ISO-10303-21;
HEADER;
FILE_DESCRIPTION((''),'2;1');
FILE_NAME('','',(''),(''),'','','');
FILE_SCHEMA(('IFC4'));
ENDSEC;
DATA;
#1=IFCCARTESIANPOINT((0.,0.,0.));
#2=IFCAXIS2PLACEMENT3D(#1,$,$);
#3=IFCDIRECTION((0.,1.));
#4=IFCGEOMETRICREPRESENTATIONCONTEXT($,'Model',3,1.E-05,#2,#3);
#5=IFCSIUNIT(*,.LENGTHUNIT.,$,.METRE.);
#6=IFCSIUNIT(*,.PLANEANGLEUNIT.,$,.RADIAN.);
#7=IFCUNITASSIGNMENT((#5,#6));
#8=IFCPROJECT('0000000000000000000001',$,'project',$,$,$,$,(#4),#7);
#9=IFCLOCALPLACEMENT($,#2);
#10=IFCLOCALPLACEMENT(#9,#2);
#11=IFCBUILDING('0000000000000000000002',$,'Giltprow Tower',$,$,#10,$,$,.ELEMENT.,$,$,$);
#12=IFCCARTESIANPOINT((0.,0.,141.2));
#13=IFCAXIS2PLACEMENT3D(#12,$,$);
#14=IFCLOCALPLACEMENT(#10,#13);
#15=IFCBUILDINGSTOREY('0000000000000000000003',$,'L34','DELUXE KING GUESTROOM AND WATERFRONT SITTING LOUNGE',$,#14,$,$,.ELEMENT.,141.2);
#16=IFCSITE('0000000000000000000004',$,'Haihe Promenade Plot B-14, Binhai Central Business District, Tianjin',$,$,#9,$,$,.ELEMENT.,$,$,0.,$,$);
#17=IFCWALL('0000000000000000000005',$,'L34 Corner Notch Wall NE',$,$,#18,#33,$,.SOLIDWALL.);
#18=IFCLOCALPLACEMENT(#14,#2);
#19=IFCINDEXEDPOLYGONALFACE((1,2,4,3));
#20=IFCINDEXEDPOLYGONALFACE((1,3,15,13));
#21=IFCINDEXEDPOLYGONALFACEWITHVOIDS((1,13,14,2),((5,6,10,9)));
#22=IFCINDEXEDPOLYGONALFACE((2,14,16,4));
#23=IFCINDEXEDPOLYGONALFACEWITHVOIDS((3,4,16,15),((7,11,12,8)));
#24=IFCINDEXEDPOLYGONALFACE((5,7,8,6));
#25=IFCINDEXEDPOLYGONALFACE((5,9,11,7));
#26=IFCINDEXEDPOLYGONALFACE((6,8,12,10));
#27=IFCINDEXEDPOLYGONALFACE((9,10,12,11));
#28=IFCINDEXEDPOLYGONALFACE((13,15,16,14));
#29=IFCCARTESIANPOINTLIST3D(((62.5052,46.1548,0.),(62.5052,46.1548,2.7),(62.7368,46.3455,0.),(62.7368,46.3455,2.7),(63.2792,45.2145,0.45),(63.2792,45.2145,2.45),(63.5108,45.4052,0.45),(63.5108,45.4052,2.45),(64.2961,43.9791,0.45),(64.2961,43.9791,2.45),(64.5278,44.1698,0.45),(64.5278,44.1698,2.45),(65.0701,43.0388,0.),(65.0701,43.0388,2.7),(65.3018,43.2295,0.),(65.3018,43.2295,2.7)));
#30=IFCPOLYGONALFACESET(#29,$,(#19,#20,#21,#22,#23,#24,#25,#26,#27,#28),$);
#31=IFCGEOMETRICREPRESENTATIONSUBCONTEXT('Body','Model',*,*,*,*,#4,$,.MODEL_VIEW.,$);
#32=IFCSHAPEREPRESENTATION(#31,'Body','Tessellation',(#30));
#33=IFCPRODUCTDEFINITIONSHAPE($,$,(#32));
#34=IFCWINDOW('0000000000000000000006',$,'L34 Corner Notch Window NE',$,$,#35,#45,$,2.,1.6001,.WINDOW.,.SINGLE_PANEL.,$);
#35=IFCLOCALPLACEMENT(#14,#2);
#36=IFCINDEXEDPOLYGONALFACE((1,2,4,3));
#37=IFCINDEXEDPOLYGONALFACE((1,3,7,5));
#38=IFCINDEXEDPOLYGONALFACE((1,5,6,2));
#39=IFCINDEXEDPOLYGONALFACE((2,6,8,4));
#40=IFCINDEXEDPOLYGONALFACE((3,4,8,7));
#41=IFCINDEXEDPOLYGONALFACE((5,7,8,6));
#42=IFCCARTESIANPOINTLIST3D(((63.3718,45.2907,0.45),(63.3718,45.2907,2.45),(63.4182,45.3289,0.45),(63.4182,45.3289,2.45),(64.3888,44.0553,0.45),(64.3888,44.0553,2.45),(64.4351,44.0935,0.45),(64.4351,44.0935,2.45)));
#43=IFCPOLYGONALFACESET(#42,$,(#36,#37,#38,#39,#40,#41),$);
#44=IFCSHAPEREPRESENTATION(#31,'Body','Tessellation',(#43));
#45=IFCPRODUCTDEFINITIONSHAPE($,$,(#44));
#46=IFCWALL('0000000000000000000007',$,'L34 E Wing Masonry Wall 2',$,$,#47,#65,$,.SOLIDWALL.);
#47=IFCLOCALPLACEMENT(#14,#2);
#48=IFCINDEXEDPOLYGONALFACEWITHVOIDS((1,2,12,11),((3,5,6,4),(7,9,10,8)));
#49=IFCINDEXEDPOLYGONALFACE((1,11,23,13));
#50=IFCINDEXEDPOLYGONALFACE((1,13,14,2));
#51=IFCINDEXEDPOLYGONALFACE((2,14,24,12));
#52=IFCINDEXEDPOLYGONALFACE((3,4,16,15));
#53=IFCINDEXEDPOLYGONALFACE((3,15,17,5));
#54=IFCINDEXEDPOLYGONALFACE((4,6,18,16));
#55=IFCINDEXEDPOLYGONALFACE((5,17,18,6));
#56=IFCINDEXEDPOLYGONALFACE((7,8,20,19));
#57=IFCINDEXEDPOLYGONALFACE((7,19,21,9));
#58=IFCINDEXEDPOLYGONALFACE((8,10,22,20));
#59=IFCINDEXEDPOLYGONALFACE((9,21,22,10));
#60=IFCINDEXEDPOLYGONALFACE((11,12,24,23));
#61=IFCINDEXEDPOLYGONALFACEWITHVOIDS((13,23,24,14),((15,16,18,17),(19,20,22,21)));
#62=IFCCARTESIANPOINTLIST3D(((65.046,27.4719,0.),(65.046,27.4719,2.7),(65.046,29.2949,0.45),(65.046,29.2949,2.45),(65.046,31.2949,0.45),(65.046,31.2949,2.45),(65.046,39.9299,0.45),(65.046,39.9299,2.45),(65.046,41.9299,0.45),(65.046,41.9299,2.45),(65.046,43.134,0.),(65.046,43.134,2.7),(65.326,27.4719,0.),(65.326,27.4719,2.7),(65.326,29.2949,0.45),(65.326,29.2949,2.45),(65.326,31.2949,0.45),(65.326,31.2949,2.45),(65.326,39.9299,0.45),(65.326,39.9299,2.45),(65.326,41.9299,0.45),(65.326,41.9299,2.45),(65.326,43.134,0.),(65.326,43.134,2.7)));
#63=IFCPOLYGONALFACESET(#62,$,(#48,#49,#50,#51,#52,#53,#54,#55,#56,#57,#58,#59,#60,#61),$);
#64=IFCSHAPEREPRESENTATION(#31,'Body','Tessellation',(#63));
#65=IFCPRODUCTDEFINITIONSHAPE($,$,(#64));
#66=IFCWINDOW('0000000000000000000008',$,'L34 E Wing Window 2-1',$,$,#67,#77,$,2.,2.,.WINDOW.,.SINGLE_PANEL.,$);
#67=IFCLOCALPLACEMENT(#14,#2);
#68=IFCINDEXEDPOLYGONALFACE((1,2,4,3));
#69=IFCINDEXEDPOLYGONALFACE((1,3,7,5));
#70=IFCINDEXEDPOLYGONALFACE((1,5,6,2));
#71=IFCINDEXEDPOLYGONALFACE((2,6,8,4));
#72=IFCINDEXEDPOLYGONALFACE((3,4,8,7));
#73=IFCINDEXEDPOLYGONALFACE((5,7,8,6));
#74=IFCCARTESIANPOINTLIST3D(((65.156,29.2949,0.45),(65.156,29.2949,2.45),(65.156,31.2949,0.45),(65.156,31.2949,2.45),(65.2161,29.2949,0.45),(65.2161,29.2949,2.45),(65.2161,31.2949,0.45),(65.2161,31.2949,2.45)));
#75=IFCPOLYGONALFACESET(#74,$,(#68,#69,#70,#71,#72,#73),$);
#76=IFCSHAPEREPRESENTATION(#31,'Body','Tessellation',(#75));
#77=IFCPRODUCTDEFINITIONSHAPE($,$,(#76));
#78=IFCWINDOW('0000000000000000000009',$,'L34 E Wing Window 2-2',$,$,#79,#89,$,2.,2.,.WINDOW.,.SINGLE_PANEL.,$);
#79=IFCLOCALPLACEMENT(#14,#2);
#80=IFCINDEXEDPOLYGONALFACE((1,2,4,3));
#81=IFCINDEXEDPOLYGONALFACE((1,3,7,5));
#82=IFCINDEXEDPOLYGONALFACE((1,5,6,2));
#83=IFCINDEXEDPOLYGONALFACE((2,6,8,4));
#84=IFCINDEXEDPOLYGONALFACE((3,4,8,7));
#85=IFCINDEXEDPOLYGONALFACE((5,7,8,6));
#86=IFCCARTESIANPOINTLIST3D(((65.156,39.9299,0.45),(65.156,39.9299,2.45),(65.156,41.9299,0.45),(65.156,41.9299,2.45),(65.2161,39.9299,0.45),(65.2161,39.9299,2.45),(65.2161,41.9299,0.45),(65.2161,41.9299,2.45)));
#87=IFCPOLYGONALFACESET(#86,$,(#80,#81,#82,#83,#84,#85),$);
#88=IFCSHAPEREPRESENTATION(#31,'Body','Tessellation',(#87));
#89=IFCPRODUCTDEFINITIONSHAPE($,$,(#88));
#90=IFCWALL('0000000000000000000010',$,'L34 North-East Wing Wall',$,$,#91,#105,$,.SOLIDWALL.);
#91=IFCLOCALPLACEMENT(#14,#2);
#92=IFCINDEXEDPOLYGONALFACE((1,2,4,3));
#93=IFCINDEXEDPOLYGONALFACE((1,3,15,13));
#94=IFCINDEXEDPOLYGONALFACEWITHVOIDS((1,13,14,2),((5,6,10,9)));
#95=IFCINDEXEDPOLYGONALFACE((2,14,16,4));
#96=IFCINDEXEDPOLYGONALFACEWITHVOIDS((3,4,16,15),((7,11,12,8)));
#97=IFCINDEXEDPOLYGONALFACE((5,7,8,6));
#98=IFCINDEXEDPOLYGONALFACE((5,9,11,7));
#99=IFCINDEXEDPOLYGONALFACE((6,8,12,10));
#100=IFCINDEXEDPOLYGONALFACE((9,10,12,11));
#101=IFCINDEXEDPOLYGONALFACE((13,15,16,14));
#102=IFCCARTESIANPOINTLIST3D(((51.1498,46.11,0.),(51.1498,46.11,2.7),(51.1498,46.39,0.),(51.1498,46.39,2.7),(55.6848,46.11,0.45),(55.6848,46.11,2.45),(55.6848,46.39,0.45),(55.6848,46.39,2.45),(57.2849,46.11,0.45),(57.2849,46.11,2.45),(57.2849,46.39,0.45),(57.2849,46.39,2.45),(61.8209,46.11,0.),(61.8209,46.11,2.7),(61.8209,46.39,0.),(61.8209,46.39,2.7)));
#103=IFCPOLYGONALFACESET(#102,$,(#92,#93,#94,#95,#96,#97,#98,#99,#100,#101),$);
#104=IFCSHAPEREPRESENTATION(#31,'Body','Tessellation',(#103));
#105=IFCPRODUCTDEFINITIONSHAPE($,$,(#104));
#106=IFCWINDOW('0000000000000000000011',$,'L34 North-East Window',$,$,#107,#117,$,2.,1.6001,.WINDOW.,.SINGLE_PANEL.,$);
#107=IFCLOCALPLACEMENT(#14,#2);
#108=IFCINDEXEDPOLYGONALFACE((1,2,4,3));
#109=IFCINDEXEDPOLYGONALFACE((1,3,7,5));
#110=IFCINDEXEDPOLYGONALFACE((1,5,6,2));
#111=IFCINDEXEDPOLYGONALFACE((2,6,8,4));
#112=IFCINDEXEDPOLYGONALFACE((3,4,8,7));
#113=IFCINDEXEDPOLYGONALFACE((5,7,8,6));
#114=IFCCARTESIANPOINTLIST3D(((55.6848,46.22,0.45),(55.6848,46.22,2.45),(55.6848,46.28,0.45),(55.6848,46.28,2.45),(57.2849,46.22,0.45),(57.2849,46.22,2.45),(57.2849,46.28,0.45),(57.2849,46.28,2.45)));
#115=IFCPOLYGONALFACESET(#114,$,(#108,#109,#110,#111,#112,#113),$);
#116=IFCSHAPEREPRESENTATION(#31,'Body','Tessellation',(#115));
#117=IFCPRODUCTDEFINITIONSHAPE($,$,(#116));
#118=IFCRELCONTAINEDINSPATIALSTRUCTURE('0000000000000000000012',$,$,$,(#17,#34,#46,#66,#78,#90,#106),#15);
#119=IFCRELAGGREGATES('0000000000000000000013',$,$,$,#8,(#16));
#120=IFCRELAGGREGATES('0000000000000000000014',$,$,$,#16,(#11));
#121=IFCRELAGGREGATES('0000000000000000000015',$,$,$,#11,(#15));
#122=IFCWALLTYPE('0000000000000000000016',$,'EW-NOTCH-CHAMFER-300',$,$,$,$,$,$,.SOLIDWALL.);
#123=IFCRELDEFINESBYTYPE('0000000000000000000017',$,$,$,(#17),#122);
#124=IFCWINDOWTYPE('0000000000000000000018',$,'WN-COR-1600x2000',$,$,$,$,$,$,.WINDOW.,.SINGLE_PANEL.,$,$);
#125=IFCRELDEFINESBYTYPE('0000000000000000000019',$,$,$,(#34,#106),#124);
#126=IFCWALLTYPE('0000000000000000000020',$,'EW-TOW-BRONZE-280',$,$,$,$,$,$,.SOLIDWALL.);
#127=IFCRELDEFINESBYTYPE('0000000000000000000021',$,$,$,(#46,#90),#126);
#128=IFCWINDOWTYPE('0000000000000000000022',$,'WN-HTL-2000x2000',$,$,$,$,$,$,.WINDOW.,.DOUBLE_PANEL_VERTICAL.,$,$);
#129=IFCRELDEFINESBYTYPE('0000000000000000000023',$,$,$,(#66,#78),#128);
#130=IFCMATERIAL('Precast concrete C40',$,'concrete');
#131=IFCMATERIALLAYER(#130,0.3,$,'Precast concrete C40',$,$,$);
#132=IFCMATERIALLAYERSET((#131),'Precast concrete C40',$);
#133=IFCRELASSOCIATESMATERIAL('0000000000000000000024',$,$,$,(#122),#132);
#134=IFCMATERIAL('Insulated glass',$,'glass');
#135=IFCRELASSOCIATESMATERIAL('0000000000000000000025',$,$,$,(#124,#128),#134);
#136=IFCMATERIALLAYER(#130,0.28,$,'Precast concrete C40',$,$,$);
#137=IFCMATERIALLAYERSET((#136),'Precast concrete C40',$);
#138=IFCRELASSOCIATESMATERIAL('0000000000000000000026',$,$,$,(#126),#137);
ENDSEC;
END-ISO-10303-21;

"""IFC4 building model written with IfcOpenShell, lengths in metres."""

from ifc_helpers import new_model, si_unit, direction, frame, frame_2d, origin, place, context, subcontext, project, spatial, rectangle, extrude, source, transform, mapped, material, layer, layer_set, type_object, element, fill, save


model = new_model("IFC4")

# Units and contexts
model_context = context("Model", 3, precision=1e-05, world=origin(), true_north=direction((0.0, 1.0)))
body_context = subcontext(model_context, "Body", "Model", "MODEL_VIEW")
ifc_project = project(units=[si_unit("LENGTHUNIT", "METRE"), si_unit("PLANEANGLEUNIT", "RADIAN")], contexts=[model_context])

# Site, building, storey
site_placement = place(None, origin())
site = spatial("IfcSite", under=ifc_project, at=site_placement, Name="Haihe Promenade Plot B-14, Binhai Central Business District, Tianjin", CompositionType="ELEMENT", RefElevation=0.0)
building_placement = place(site_placement, origin())
building = spatial("IfcBuilding", under=site, at=building_placement, Name="Giltprow Tower", CompositionType="ELEMENT")
storey_placement = place(building_placement, frame((0.0, 0.0, 141.2)))
storey = spatial("IfcBuildingStorey", under=building, at=storey_placement, Name="L34", Description="DELUXE KING GUESTROOM AND WATERFRONT SITTING LOUNGE", CompositionType="ELEMENT", Elevation=141.2)

# Wall, opening, window
ifc_material_1 = material(Name="Precast concrete C40", Category="concrete")
ifc_layer_1 = layer(ifc_material_1, 0.3, Name="Precast concrete C40")
ifc_layer_set_1 = layer_set([ifc_layer_1], Name="Precast concrete C40")
wall_type_1 = type_object("IfcWallType", Name="EW-NOTCH-CHAMFER-300", PredefinedType="SOLIDWALL", material=ifc_layer_set_1)
wall_1_placement = place(storey_placement, frame((65.186, 43.134, 0.0), z_axis=(0.0, 0.0, 1.0), x_axis=(-0.635538, 0.77207, 0.0)))
wall_1 = element("IfcWall", 1, at=wall_1_placement, inside=storey, type_object=wall_type_1, Name="L34 Corner Notch Wall NE", PredefinedType="SOLIDWALL", context=body_context, shape_type="SweptSolid", body=[
    extrude(rectangle(XDim=4.0359, YDim=0.3, at=frame_2d((2.0181, 0.0))), origin(), (0.0, 0.0, 1.0), 2.7),
])
opening_1_placement = place(wall_1_placement, frame((1.218, 0.0, 0.45)))
opening_1 = element("IfcOpeningElement", 2, at=opening_1_placement, cuts=wall_1, PredefinedType="OPENING", context=body_context, shape_type="SweptSolid", body=[
    extrude(rectangle(XDim=1.6001, YDim=2.0, at=frame_2d((0.8, 1.0))), frame((0.0, 0.1599, 0.0), z_axis=(0.0, -1.0, 0.0), x_axis=(1.0, 0.0, 0.0)), (0.0, 0.0, 1.0), 0.3201),
])
ifc_material_2 = material(Name="Insulated glass", Category="glass")
window_type_1 = type_object("IfcWindowType", Name="WN-COR-1600x2000", PartitioningType="SINGLE_PANEL", PredefinedType="WINDOW", material=ifc_material_2)
shared_shape_1 = source(origin(), body_context, "Body", "SweptSolid", [
    extrude(rectangle(XDim=1.6001, YDim=2.0, at=frame_2d((0.8, 1.0))), frame((0.0, 0.03, 0.0), z_axis=(0.0, -1.0, 0.0), x_axis=(1.0, 0.0, 0.0)), (0.0, 0.0, 1.0), 0.0601),
])
window_1_placement = place(opening_1_placement, origin())
window_1 = element("IfcWindow", 3, at=window_1_placement, inside=storey, type_object=window_type_1, Name="L34 Corner Notch Window NE", OverallHeight=2.0, OverallWidth=1.6001, PartitioningType="SINGLE_PANEL", PredefinedType="WINDOW", context=body_context, shape_type="MappedRepresentation", body=[
    mapped(shared_shape_1, transform((0.0, 0.0, 0.0), x_axis=(1.0, 0.0, 0.0), y_axis=(0.0, 1.0, 0.0), z_axis=(0.0, 0.0, 1.0), scale=1.0)),
])
fill(opening_1, window_1)

# Wall, openings, windows
ifc_layer_2 = layer(ifc_material_1, 0.28, Name="Precast concrete C40")
ifc_layer_set_2 = layer_set([ifc_layer_2], Name="Precast concrete C40")
wall_type_2 = type_object("IfcWallType", Name="EW-TOW-BRONZE-280", PredefinedType="SOLIDWALL", material=ifc_layer_set_2)
wall_2_placement = place(storey_placement, frame((65.186, 27.4719, 0.0), z_axis=(0.0, 0.0, 1.0), x_axis=(0.0, 1.0, 0.0)))
wall_2 = element("IfcWall", 4, at=wall_2_placement, inside=storey, type_object=wall_type_2, Name="L34 E Wing Masonry Wall 2", PredefinedType="SOLIDWALL", context=body_context, shape_type="SweptSolid", body=[
    extrude(rectangle(XDim=15.6621, YDim=0.28, at=frame_2d((7.8311, 0.0))), origin(), (0.0, 0.0, 1.0), 2.7),
])
opening_2_placement = place(wall_2_placement, frame((1.823, 0.0, 0.45)))
opening_2 = element("IfcOpeningElement", 5, at=opening_2_placement, cuts=wall_2, PredefinedType="OPENING", context=body_context, shape_type="SweptSolid", body=[
    extrude(rectangle(XDim=2.0, YDim=2.0, at=frame_2d((1.0, 1.0))), frame((0.0, 0.1499, 0.0), z_axis=(0.0, -1.0, 0.0), x_axis=(1.0, 0.0, 0.0)), (0.0, 0.0, 1.0), 0.3),
])
opening_3_placement = place(wall_2_placement, frame((12.458, 0.0, 0.45)))
opening_3 = element("IfcOpeningElement", 6, at=opening_3_placement, cuts=wall_2, PredefinedType="OPENING", context=body_context, shape_type="SweptSolid", body=[
    extrude(rectangle(XDim=2.0, YDim=2.0, at=frame_2d((1.0, 1.0))), frame((0.0, 0.1499, 0.0), z_axis=(0.0, -1.0, 0.0), x_axis=(1.0, 0.0, 0.0)), (0.0, 0.0, 1.0), 0.3),
])
window_type_2 = type_object("IfcWindowType", Name="WN-HTL-2000x2000", PartitioningType="DOUBLE_PANEL_VERTICAL", PredefinedType="WINDOW", material=ifc_material_2)
shared_shape_2 = source(origin(), body_context, "Body", "SweptSolid", [
    extrude(rectangle(XDim=2.0, YDim=2.0, at=frame_2d((1.0, 1.0))), frame((0.0, 0.03, 0.0), z_axis=(0.0, -1.0, 0.0), x_axis=(1.0, 0.0, 0.0)), (0.0, 0.0, 1.0), 0.0601),
])
window_2_placement = place(opening_2_placement, origin())
window_2 = element("IfcWindow", 7, at=window_2_placement, inside=storey, type_object=window_type_2, Name="L34 E Wing Window 2-1", OverallHeight=2.0, OverallWidth=2.0, PartitioningType="SINGLE_PANEL", PredefinedType="WINDOW", context=body_context, shape_type="MappedRepresentation", body=[
    mapped(shared_shape_2, transform((0.0, 0.0, 0.0), x_axis=(1.0, 0.0, 0.0), y_axis=(0.0, 1.0, 0.0), z_axis=(0.0, 0.0, 1.0), scale=1.0)),
])
fill(opening_2, window_2)
window_3_placement = place(opening_3_placement, origin())
window_3 = element("IfcWindow", 8, at=window_3_placement, inside=storey, type_object=window_type_2, Name="L34 E Wing Window 2-2", OverallHeight=2.0, OverallWidth=2.0, PartitioningType="SINGLE_PANEL", PredefinedType="WINDOW", context=body_context, shape_type="MappedRepresentation", body=[
    mapped(shared_shape_2, transform((0.0, 0.0, 0.0), x_axis=(1.0, 0.0, 0.0), y_axis=(0.0, 1.0, 0.0), z_axis=(0.0, 0.0, 1.0), scale=1.0)),
])
fill(opening_3, window_3)

# Wall, opening, window
wall_3_placement = place(storey_placement, frame((51.1499, 46.25, 0.0), z_axis=(0.0, 0.0, 1.0), x_axis=(1.0, 0.0, 0.0)))
wall_3 = element("IfcWall", 9, at=wall_3_placement, inside=storey, type_object=wall_type_2, Name="L34 North-East Wing Wall", PredefinedType="SOLIDWALL", context=body_context, shape_type="SweptSolid", body=[
    extrude(rectangle(XDim=10.6711, YDim=0.28, at=frame_2d((5.3354, 0.0))), origin(), (0.0, 0.0, 1.0), 2.7),
])
opening_4_placement = place(wall_3_placement, frame((4.5349, 0.0, 0.45)))
opening_4 = element("IfcOpeningElement", 10, at=opening_4_placement, cuts=wall_3, PredefinedType="OPENING", context=body_context, shape_type="SweptSolid", body=[
    extrude(rectangle(XDim=1.6001, YDim=2.0, at=frame_2d((0.8, 1.0))), frame((0.0, 0.1499, 0.0), z_axis=(0.0, -1.0, 0.0), x_axis=(1.0, 0.0, 0.0)), (0.0, 0.0, 1.0), 0.3),
])
window_4_placement = place(opening_4_placement, origin())
window_4 = element("IfcWindow", 11, at=window_4_placement, inside=storey, type_object=window_type_1, Name="L34 North-East Window", OverallHeight=2.0, OverallWidth=1.6001, PartitioningType="SINGLE_PANEL", PredefinedType="WINDOW", context=body_context, shape_type="MappedRepresentation", body=[
    mapped(shared_shape_1, transform((0.0, 0.0, 0.0), x_axis=(1.0, 0.0, 0.0), y_axis=(0.0, 1.0, 0.0), z_axis=(0.0, 0.0, 1.0), scale=1.0)),
])
fill(opening_4, window_4)

save(model, "model.ifc")
